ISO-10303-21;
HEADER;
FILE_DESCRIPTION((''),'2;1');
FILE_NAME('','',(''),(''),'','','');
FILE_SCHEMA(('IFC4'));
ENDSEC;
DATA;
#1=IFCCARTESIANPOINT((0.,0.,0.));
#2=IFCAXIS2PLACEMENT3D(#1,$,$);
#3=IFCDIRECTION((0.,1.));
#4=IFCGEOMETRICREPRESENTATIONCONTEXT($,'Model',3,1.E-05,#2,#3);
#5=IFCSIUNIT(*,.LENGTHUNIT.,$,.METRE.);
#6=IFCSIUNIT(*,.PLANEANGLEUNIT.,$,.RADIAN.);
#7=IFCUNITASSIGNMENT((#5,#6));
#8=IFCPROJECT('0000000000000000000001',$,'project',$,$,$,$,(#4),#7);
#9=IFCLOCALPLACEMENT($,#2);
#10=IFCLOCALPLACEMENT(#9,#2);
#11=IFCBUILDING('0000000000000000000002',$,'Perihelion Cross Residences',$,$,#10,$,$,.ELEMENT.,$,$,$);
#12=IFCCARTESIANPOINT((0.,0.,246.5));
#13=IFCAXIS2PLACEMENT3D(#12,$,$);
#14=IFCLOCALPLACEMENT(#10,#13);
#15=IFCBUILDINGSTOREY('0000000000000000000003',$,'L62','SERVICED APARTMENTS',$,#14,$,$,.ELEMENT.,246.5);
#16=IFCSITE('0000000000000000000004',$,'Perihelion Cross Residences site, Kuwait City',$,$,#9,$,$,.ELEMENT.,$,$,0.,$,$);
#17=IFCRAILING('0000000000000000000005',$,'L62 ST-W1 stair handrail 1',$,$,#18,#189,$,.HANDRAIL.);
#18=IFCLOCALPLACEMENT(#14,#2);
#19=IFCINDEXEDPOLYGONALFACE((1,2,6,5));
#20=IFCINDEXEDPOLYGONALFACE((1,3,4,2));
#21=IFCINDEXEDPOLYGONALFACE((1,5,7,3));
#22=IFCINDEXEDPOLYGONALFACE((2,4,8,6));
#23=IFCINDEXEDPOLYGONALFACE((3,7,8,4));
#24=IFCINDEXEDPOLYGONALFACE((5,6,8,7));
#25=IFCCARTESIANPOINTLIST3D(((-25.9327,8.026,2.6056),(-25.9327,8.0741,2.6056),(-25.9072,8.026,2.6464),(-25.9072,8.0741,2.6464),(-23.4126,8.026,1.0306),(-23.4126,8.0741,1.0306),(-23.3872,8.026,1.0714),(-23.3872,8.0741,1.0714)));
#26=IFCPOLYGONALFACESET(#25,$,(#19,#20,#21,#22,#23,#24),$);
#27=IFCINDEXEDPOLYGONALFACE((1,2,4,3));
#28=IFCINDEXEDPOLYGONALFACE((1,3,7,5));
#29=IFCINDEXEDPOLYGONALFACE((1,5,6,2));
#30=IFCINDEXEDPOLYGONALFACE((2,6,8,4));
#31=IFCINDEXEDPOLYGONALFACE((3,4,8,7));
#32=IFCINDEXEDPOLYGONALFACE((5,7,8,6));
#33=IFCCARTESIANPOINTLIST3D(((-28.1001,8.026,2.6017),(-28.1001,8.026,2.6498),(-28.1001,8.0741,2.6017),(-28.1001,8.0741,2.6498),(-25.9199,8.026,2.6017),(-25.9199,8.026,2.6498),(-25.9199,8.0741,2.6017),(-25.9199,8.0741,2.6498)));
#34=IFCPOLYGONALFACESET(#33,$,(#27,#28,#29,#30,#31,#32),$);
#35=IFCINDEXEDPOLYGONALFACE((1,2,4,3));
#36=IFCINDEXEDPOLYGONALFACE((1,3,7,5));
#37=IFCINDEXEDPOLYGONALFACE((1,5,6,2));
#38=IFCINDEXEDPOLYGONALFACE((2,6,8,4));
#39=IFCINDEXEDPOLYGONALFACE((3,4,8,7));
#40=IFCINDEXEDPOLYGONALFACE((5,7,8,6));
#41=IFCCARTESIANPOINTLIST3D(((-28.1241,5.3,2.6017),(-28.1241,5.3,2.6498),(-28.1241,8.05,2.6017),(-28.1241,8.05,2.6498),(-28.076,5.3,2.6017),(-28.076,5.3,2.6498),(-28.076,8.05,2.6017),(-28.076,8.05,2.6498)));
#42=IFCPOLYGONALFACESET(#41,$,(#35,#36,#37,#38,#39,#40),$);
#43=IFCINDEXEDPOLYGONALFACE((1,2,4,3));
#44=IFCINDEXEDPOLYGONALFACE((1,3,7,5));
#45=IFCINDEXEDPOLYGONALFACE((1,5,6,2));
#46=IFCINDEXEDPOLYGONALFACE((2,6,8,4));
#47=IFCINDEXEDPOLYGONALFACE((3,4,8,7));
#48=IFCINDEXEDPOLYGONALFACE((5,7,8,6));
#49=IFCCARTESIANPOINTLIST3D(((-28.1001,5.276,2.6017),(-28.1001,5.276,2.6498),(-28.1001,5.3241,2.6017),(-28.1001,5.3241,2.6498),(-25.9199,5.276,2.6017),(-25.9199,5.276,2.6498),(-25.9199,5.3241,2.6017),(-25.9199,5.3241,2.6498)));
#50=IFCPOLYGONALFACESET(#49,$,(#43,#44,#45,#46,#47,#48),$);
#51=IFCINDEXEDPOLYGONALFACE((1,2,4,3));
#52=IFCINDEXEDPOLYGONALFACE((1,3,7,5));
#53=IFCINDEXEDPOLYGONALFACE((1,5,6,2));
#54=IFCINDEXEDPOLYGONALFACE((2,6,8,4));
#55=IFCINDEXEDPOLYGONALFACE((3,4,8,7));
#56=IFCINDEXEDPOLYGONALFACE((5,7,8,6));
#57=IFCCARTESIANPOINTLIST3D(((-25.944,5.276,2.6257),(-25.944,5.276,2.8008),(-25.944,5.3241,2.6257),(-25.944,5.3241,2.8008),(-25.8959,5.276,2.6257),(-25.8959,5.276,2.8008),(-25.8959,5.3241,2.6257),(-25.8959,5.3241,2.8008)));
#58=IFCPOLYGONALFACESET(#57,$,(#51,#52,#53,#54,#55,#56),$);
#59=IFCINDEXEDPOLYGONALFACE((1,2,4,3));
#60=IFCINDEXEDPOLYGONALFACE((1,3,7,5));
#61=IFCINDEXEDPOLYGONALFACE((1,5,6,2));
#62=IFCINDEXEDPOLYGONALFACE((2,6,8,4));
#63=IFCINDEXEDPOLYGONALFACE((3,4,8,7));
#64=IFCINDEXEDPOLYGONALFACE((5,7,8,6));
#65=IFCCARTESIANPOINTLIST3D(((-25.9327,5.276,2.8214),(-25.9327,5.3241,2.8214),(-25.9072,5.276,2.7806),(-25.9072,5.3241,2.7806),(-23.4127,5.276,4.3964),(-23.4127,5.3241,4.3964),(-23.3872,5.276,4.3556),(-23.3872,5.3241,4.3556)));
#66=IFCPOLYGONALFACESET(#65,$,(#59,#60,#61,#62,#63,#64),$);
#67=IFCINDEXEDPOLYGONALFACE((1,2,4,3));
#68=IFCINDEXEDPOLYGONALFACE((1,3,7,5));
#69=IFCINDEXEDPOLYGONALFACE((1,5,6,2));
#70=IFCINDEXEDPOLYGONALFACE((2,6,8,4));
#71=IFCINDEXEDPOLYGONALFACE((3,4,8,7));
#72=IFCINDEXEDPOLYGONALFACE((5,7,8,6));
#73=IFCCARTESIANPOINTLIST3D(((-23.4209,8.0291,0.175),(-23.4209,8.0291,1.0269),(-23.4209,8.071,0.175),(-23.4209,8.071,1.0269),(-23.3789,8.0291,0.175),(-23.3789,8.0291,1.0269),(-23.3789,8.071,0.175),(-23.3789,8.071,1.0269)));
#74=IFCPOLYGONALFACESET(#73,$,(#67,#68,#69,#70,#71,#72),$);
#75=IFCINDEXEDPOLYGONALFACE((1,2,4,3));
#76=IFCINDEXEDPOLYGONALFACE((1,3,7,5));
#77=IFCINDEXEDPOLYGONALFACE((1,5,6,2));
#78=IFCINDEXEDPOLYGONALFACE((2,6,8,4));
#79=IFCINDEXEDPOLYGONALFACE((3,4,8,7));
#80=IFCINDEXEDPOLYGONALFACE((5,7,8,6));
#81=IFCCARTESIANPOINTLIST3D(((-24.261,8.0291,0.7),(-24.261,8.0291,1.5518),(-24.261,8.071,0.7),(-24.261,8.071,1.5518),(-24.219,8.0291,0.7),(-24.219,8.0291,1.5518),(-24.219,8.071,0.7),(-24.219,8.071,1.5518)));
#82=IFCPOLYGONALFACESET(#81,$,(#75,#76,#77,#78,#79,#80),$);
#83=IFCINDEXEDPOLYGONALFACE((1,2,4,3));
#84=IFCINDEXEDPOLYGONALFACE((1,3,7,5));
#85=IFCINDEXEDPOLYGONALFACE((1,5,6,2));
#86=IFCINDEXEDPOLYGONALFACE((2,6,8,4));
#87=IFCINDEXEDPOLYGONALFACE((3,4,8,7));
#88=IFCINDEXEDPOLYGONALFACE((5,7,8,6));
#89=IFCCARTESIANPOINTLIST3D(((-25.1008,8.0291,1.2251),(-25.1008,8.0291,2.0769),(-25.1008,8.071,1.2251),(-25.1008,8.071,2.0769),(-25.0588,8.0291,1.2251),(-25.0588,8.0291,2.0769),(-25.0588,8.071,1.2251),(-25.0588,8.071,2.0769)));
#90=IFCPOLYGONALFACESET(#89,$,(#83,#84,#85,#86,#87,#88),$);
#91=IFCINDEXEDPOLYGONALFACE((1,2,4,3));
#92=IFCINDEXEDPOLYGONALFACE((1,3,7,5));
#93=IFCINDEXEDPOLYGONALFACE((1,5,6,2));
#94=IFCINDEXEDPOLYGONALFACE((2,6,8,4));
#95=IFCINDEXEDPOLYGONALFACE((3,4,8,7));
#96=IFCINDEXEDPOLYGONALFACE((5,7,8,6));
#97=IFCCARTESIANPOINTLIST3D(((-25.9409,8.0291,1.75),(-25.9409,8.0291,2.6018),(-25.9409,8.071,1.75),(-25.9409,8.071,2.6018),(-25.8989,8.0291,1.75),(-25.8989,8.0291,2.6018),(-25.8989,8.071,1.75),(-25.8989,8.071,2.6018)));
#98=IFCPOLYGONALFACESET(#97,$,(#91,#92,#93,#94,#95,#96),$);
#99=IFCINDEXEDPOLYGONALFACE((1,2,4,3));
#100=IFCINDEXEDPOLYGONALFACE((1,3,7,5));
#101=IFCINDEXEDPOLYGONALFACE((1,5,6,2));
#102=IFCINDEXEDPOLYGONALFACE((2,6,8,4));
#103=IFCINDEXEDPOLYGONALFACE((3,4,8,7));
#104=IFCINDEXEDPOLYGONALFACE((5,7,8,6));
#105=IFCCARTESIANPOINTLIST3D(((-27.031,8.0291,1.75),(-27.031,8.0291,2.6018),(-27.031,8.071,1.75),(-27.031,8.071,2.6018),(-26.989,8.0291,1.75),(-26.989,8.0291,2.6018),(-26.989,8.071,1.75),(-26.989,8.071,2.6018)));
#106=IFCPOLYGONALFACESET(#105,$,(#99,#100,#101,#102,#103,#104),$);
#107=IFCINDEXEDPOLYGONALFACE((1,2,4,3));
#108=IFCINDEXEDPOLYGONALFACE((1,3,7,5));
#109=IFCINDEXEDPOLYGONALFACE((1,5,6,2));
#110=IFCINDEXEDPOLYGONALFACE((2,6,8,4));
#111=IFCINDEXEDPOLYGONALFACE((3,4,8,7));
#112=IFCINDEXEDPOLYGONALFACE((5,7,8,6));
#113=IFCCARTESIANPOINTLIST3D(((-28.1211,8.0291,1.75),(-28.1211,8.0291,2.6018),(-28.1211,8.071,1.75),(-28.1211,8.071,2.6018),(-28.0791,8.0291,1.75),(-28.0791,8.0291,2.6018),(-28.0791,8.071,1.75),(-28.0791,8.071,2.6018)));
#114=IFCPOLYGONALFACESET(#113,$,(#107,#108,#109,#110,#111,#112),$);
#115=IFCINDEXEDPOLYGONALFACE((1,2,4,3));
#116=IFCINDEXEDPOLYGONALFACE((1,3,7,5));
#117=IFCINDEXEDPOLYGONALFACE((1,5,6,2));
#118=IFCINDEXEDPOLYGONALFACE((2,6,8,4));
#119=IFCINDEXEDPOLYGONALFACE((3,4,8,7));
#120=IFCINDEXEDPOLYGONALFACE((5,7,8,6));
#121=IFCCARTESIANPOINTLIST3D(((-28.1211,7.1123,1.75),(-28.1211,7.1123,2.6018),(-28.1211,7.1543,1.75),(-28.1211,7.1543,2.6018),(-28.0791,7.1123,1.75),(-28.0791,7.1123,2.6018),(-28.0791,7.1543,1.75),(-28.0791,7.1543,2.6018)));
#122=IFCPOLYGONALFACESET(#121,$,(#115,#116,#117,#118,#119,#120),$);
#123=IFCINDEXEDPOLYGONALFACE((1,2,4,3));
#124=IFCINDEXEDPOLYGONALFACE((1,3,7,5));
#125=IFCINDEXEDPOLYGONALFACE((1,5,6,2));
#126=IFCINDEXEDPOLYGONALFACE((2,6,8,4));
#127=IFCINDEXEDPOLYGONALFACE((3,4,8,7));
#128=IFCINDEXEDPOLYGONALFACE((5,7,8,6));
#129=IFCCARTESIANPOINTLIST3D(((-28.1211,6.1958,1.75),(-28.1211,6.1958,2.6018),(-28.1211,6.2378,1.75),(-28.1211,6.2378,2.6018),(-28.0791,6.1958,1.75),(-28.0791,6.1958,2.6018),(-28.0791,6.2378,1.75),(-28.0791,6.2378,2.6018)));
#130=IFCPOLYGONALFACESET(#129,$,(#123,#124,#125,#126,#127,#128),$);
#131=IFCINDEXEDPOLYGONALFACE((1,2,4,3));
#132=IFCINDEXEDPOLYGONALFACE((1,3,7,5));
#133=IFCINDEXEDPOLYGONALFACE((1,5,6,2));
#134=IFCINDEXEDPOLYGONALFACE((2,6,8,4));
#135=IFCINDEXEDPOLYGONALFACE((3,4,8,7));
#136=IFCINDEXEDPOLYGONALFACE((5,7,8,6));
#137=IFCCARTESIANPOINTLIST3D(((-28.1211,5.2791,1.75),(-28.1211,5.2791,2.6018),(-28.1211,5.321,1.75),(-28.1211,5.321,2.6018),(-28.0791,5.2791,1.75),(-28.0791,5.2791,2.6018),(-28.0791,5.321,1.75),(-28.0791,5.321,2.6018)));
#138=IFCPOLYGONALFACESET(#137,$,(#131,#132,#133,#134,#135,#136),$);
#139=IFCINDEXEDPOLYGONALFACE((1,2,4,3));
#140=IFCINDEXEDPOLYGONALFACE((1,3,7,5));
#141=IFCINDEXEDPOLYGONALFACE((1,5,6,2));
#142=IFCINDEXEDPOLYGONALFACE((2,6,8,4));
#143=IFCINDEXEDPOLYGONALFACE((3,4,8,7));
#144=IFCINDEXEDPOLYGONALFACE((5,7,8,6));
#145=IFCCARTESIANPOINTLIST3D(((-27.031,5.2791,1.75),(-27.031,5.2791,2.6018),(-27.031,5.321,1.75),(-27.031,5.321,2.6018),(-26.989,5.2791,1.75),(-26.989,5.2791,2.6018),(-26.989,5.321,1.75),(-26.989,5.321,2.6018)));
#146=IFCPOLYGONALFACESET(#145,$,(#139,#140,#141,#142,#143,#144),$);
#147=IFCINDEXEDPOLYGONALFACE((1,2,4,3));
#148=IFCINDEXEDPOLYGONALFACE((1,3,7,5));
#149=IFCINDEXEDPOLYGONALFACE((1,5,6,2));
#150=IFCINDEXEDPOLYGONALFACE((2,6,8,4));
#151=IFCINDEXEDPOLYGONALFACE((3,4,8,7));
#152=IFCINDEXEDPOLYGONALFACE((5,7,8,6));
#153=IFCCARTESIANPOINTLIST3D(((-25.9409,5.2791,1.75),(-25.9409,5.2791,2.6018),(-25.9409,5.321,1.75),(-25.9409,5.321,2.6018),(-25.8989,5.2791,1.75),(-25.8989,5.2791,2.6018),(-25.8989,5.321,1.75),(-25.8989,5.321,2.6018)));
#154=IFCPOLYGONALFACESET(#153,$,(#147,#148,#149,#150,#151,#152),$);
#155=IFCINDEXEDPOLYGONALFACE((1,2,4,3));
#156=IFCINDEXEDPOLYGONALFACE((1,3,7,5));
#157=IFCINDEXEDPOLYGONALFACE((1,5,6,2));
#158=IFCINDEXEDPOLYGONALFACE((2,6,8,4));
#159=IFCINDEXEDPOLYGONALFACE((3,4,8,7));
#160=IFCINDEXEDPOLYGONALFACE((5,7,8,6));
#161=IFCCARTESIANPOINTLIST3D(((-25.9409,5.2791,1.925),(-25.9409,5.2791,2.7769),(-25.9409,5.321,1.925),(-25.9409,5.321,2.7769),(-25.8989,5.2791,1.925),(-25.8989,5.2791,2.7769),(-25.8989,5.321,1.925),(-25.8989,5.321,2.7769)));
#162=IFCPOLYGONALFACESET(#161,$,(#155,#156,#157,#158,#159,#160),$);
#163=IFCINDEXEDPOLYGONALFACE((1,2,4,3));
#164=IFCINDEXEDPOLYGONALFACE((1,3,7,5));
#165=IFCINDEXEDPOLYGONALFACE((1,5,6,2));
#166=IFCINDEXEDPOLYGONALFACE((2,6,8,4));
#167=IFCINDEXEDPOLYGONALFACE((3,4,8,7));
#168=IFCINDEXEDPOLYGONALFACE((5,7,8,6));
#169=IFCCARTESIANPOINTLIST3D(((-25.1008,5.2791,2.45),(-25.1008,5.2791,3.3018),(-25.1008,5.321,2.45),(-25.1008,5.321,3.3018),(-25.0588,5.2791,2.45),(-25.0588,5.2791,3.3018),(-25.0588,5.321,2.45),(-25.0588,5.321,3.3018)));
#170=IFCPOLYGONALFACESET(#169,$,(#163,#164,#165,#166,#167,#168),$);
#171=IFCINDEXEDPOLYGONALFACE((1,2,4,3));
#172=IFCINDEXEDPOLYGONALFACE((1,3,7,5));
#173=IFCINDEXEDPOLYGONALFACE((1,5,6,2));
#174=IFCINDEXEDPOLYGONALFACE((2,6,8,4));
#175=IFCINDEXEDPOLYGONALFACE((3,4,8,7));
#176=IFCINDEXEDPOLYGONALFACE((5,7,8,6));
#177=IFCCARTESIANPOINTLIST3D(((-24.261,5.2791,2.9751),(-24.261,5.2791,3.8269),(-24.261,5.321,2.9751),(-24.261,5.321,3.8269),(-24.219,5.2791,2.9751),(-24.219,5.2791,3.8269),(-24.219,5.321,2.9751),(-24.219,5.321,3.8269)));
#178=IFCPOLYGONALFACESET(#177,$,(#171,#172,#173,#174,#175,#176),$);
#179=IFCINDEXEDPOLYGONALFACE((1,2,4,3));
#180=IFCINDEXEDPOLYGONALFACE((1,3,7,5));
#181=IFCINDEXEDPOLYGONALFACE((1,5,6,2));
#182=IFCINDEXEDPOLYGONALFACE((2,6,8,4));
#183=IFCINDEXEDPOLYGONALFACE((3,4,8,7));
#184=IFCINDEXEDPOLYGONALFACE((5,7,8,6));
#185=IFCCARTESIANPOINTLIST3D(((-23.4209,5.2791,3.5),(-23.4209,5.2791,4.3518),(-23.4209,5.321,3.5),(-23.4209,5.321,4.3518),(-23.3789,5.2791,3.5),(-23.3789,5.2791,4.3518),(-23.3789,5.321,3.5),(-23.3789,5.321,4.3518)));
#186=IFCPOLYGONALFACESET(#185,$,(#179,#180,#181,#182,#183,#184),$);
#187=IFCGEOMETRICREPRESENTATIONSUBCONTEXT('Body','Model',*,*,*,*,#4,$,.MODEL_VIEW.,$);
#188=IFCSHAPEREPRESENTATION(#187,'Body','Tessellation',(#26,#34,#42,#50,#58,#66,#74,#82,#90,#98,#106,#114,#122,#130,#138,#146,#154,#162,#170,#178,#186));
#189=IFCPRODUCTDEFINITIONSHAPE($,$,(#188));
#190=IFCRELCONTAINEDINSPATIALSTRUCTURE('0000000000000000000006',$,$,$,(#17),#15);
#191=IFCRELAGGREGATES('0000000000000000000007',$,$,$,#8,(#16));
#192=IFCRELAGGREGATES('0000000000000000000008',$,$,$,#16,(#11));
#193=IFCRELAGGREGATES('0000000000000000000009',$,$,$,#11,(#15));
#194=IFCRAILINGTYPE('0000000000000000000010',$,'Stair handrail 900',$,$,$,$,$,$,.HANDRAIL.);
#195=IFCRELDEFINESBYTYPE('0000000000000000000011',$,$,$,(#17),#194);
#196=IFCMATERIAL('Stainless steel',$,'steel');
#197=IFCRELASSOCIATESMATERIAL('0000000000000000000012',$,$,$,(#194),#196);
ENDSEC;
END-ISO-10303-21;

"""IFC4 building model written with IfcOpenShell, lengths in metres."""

from ifc_helpers import new_model, si_unit, direction, frame, origin, origin_2d, place, context, subcontext, project, spatial, rectangle, extrude, material, type_object, element, save


model = new_model("IFC4")

# Units and contexts
model_context = context("Model", 3, precision=1e-05, world=origin(), true_north=direction((0.0, 1.0)))
body_context = subcontext(model_context, "Body", "Model", "MODEL_VIEW")
ifc_project = project(units=[si_unit("LENGTHUNIT", "METRE"), si_unit("PLANEANGLEUNIT", "RADIAN")], contexts=[model_context])

# Site, building, storey
site_placement = place(None, origin())
site = spatial("IfcSite", under=ifc_project, at=site_placement, Name="Perihelion Cross Residences site, Kuwait City", CompositionType="ELEMENT", RefElevation=0.0)
building_placement = place(site_placement, origin())
building = spatial("IfcBuilding", under=site, at=building_placement, Name="Perihelion Cross Residences", CompositionType="ELEMENT")
storey_placement = place(building_placement, frame((0.0, 0.0, 246.5)))
storey = spatial("IfcBuildingStorey", under=building, at=storey_placement, Name="L62", Description="SERVICED APARTMENTS", CompositionType="ELEMENT", Elevation=246.5)

# Railing
ifc_material_1 = material(Name="Stainless steel", Category="steel")
railing_type_1 = type_object("IfcRailingType", Name="Stair handrail 900", PredefinedType="HANDRAIL", material=ifc_material_1)
railing_1_placement = place(storey_placement, frame((-23.3999, 8.05, 0.175)))
element("IfcRailing", 1, at=railing_1_placement, inside=storey, type_object=railing_type_1, Name="L62 ST-W1 stair handrail 1", PredefinedType="HANDRAIL", context=body_context, shape_type="SweptSolid", body=[
    extrude(rectangle(XDim=0.0481, YDim=0.0481, at=origin_2d()), frame((0.0, 0.0, 0.876), z_axis=(-0.848008, 0.0, 0.529984), x_axis=(0.0, -1.0, 0.0)), (0.0, 0.0, 1.0), 2.9717),
    extrude(rectangle(XDim=0.0481, YDim=0.0481, at=origin_2d()), frame((-2.52, 0.0, 2.4507), z_axis=(-1.0, 0.0, 0.0), x_axis=(0.0, -1.0, 0.0)), (0.0, 0.0, 1.0), 2.1802),
    extrude(rectangle(XDim=0.0481, YDim=0.0481, at=origin_2d()), frame((-4.7002, 0.0, 2.4507), z_axis=(0.0, -1.0, 0.0), x_axis=(1.0, 0.0, 0.0)), (0.0, 0.0, 1.0), 2.75),
    extrude(rectangle(XDim=0.0481, YDim=0.0481, at=origin_2d()), frame((-4.7002, -2.75, 2.4507), z_axis=(1.0, 0.0, 0.0), x_axis=(0.0, 1.0, 0.0)), (0.0, 0.0, 1.0), 2.1802),
    extrude(rectangle(XDim=0.0481, YDim=0.0481, at=origin_2d()), frame((-2.52, -2.75, 2.4507), z_axis=(0.0, 0.0, 1.0), x_axis=(1.0, 0.0, 0.0)), (0.0, 0.0, 1.0), 0.175),
    extrude(rectangle(XDim=0.0481, YDim=0.0481, at=origin_2d()), frame((-2.52, -2.75, 2.626), z_axis=(0.848008, 0.0, 0.529984), x_axis=(0.0, 1.0, 0.0)), (0.0, 0.0, 1.0), 2.9717),
    extrude(rectangle(XDim=0.042, YDim=0.042, at=origin_2d()), origin(), (0.0, 0.0, 1.0), 0.8518),
    extrude(rectangle(XDim=0.042, YDim=0.042, at=origin_2d()), frame((-0.8401, 0.0, 0.5249)), (0.0, 0.0, 1.0), 0.8518),
    extrude(rectangle(XDim=0.042, YDim=0.042, at=origin_2d()), frame((-1.6799, 0.0, 1.05)), (0.0, 0.0, 1.0), 0.8518),
    extrude(rectangle(XDim=0.042, YDim=0.042, at=origin_2d()), frame((-2.52, 0.0, 1.575)), (0.0, 0.0, 1.0), 0.8518),
    extrude(rectangle(XDim=0.042, YDim=0.042, at=origin_2d()), frame((-3.6101, 0.0, 1.575)), (0.0, 0.0, 1.0), 0.8518),
    extrude(rectangle(XDim=0.042, YDim=0.042, at=origin_2d()), frame((-4.7002, 0.0, 1.575)), (0.0, 0.0, 1.0), 0.8518),
    extrude(rectangle(XDim=0.042, YDim=0.042, at=origin_2d()), frame((-4.7002, -0.9167, 1.575)), (0.0, 0.0, 1.0), 0.8518),
    extrude(rectangle(XDim=0.042, YDim=0.042, at=origin_2d()), frame((-4.7002, -1.8333, 1.575)), (0.0, 0.0, 1.0), 0.8518),
    extrude(rectangle(XDim=0.042, YDim=0.042, at=origin_2d()), frame((-4.7002, -2.75, 1.575)), (0.0, 0.0, 1.0), 0.8518),
    extrude(rectangle(XDim=0.042, YDim=0.042, at=origin_2d()), frame((-3.6101, -2.75, 1.575)), (0.0, 0.0, 1.0), 0.8518),
    extrude(rectangle(XDim=0.042, YDim=0.042, at=origin_2d()), frame((-2.52, -2.75, 1.575)), (0.0, 0.0, 1.0), 0.8518),
    extrude(rectangle(XDim=0.042, YDim=0.042, at=origin_2d()), frame((-2.52, -2.75, 1.75)), (0.0, 0.0, 1.0), 0.8518),
    extrude(rectangle(XDim=0.042, YDim=0.042, at=origin_2d()), frame((-1.6799, -2.75, 2.2749)), (0.0, 0.0, 1.0), 0.8518),
    extrude(rectangle(XDim=0.042, YDim=0.042, at=origin_2d()), frame((-0.8401, -2.75, 2.8)), (0.0, 0.0, 1.0), 0.8518),
    extrude(rectangle(XDim=0.042, YDim=0.042, at=origin_2d()), frame((0.0, -2.75, 3.325)), (0.0, 0.0, 1.0), 0.8518),
])

save(model, "model.ifc")
